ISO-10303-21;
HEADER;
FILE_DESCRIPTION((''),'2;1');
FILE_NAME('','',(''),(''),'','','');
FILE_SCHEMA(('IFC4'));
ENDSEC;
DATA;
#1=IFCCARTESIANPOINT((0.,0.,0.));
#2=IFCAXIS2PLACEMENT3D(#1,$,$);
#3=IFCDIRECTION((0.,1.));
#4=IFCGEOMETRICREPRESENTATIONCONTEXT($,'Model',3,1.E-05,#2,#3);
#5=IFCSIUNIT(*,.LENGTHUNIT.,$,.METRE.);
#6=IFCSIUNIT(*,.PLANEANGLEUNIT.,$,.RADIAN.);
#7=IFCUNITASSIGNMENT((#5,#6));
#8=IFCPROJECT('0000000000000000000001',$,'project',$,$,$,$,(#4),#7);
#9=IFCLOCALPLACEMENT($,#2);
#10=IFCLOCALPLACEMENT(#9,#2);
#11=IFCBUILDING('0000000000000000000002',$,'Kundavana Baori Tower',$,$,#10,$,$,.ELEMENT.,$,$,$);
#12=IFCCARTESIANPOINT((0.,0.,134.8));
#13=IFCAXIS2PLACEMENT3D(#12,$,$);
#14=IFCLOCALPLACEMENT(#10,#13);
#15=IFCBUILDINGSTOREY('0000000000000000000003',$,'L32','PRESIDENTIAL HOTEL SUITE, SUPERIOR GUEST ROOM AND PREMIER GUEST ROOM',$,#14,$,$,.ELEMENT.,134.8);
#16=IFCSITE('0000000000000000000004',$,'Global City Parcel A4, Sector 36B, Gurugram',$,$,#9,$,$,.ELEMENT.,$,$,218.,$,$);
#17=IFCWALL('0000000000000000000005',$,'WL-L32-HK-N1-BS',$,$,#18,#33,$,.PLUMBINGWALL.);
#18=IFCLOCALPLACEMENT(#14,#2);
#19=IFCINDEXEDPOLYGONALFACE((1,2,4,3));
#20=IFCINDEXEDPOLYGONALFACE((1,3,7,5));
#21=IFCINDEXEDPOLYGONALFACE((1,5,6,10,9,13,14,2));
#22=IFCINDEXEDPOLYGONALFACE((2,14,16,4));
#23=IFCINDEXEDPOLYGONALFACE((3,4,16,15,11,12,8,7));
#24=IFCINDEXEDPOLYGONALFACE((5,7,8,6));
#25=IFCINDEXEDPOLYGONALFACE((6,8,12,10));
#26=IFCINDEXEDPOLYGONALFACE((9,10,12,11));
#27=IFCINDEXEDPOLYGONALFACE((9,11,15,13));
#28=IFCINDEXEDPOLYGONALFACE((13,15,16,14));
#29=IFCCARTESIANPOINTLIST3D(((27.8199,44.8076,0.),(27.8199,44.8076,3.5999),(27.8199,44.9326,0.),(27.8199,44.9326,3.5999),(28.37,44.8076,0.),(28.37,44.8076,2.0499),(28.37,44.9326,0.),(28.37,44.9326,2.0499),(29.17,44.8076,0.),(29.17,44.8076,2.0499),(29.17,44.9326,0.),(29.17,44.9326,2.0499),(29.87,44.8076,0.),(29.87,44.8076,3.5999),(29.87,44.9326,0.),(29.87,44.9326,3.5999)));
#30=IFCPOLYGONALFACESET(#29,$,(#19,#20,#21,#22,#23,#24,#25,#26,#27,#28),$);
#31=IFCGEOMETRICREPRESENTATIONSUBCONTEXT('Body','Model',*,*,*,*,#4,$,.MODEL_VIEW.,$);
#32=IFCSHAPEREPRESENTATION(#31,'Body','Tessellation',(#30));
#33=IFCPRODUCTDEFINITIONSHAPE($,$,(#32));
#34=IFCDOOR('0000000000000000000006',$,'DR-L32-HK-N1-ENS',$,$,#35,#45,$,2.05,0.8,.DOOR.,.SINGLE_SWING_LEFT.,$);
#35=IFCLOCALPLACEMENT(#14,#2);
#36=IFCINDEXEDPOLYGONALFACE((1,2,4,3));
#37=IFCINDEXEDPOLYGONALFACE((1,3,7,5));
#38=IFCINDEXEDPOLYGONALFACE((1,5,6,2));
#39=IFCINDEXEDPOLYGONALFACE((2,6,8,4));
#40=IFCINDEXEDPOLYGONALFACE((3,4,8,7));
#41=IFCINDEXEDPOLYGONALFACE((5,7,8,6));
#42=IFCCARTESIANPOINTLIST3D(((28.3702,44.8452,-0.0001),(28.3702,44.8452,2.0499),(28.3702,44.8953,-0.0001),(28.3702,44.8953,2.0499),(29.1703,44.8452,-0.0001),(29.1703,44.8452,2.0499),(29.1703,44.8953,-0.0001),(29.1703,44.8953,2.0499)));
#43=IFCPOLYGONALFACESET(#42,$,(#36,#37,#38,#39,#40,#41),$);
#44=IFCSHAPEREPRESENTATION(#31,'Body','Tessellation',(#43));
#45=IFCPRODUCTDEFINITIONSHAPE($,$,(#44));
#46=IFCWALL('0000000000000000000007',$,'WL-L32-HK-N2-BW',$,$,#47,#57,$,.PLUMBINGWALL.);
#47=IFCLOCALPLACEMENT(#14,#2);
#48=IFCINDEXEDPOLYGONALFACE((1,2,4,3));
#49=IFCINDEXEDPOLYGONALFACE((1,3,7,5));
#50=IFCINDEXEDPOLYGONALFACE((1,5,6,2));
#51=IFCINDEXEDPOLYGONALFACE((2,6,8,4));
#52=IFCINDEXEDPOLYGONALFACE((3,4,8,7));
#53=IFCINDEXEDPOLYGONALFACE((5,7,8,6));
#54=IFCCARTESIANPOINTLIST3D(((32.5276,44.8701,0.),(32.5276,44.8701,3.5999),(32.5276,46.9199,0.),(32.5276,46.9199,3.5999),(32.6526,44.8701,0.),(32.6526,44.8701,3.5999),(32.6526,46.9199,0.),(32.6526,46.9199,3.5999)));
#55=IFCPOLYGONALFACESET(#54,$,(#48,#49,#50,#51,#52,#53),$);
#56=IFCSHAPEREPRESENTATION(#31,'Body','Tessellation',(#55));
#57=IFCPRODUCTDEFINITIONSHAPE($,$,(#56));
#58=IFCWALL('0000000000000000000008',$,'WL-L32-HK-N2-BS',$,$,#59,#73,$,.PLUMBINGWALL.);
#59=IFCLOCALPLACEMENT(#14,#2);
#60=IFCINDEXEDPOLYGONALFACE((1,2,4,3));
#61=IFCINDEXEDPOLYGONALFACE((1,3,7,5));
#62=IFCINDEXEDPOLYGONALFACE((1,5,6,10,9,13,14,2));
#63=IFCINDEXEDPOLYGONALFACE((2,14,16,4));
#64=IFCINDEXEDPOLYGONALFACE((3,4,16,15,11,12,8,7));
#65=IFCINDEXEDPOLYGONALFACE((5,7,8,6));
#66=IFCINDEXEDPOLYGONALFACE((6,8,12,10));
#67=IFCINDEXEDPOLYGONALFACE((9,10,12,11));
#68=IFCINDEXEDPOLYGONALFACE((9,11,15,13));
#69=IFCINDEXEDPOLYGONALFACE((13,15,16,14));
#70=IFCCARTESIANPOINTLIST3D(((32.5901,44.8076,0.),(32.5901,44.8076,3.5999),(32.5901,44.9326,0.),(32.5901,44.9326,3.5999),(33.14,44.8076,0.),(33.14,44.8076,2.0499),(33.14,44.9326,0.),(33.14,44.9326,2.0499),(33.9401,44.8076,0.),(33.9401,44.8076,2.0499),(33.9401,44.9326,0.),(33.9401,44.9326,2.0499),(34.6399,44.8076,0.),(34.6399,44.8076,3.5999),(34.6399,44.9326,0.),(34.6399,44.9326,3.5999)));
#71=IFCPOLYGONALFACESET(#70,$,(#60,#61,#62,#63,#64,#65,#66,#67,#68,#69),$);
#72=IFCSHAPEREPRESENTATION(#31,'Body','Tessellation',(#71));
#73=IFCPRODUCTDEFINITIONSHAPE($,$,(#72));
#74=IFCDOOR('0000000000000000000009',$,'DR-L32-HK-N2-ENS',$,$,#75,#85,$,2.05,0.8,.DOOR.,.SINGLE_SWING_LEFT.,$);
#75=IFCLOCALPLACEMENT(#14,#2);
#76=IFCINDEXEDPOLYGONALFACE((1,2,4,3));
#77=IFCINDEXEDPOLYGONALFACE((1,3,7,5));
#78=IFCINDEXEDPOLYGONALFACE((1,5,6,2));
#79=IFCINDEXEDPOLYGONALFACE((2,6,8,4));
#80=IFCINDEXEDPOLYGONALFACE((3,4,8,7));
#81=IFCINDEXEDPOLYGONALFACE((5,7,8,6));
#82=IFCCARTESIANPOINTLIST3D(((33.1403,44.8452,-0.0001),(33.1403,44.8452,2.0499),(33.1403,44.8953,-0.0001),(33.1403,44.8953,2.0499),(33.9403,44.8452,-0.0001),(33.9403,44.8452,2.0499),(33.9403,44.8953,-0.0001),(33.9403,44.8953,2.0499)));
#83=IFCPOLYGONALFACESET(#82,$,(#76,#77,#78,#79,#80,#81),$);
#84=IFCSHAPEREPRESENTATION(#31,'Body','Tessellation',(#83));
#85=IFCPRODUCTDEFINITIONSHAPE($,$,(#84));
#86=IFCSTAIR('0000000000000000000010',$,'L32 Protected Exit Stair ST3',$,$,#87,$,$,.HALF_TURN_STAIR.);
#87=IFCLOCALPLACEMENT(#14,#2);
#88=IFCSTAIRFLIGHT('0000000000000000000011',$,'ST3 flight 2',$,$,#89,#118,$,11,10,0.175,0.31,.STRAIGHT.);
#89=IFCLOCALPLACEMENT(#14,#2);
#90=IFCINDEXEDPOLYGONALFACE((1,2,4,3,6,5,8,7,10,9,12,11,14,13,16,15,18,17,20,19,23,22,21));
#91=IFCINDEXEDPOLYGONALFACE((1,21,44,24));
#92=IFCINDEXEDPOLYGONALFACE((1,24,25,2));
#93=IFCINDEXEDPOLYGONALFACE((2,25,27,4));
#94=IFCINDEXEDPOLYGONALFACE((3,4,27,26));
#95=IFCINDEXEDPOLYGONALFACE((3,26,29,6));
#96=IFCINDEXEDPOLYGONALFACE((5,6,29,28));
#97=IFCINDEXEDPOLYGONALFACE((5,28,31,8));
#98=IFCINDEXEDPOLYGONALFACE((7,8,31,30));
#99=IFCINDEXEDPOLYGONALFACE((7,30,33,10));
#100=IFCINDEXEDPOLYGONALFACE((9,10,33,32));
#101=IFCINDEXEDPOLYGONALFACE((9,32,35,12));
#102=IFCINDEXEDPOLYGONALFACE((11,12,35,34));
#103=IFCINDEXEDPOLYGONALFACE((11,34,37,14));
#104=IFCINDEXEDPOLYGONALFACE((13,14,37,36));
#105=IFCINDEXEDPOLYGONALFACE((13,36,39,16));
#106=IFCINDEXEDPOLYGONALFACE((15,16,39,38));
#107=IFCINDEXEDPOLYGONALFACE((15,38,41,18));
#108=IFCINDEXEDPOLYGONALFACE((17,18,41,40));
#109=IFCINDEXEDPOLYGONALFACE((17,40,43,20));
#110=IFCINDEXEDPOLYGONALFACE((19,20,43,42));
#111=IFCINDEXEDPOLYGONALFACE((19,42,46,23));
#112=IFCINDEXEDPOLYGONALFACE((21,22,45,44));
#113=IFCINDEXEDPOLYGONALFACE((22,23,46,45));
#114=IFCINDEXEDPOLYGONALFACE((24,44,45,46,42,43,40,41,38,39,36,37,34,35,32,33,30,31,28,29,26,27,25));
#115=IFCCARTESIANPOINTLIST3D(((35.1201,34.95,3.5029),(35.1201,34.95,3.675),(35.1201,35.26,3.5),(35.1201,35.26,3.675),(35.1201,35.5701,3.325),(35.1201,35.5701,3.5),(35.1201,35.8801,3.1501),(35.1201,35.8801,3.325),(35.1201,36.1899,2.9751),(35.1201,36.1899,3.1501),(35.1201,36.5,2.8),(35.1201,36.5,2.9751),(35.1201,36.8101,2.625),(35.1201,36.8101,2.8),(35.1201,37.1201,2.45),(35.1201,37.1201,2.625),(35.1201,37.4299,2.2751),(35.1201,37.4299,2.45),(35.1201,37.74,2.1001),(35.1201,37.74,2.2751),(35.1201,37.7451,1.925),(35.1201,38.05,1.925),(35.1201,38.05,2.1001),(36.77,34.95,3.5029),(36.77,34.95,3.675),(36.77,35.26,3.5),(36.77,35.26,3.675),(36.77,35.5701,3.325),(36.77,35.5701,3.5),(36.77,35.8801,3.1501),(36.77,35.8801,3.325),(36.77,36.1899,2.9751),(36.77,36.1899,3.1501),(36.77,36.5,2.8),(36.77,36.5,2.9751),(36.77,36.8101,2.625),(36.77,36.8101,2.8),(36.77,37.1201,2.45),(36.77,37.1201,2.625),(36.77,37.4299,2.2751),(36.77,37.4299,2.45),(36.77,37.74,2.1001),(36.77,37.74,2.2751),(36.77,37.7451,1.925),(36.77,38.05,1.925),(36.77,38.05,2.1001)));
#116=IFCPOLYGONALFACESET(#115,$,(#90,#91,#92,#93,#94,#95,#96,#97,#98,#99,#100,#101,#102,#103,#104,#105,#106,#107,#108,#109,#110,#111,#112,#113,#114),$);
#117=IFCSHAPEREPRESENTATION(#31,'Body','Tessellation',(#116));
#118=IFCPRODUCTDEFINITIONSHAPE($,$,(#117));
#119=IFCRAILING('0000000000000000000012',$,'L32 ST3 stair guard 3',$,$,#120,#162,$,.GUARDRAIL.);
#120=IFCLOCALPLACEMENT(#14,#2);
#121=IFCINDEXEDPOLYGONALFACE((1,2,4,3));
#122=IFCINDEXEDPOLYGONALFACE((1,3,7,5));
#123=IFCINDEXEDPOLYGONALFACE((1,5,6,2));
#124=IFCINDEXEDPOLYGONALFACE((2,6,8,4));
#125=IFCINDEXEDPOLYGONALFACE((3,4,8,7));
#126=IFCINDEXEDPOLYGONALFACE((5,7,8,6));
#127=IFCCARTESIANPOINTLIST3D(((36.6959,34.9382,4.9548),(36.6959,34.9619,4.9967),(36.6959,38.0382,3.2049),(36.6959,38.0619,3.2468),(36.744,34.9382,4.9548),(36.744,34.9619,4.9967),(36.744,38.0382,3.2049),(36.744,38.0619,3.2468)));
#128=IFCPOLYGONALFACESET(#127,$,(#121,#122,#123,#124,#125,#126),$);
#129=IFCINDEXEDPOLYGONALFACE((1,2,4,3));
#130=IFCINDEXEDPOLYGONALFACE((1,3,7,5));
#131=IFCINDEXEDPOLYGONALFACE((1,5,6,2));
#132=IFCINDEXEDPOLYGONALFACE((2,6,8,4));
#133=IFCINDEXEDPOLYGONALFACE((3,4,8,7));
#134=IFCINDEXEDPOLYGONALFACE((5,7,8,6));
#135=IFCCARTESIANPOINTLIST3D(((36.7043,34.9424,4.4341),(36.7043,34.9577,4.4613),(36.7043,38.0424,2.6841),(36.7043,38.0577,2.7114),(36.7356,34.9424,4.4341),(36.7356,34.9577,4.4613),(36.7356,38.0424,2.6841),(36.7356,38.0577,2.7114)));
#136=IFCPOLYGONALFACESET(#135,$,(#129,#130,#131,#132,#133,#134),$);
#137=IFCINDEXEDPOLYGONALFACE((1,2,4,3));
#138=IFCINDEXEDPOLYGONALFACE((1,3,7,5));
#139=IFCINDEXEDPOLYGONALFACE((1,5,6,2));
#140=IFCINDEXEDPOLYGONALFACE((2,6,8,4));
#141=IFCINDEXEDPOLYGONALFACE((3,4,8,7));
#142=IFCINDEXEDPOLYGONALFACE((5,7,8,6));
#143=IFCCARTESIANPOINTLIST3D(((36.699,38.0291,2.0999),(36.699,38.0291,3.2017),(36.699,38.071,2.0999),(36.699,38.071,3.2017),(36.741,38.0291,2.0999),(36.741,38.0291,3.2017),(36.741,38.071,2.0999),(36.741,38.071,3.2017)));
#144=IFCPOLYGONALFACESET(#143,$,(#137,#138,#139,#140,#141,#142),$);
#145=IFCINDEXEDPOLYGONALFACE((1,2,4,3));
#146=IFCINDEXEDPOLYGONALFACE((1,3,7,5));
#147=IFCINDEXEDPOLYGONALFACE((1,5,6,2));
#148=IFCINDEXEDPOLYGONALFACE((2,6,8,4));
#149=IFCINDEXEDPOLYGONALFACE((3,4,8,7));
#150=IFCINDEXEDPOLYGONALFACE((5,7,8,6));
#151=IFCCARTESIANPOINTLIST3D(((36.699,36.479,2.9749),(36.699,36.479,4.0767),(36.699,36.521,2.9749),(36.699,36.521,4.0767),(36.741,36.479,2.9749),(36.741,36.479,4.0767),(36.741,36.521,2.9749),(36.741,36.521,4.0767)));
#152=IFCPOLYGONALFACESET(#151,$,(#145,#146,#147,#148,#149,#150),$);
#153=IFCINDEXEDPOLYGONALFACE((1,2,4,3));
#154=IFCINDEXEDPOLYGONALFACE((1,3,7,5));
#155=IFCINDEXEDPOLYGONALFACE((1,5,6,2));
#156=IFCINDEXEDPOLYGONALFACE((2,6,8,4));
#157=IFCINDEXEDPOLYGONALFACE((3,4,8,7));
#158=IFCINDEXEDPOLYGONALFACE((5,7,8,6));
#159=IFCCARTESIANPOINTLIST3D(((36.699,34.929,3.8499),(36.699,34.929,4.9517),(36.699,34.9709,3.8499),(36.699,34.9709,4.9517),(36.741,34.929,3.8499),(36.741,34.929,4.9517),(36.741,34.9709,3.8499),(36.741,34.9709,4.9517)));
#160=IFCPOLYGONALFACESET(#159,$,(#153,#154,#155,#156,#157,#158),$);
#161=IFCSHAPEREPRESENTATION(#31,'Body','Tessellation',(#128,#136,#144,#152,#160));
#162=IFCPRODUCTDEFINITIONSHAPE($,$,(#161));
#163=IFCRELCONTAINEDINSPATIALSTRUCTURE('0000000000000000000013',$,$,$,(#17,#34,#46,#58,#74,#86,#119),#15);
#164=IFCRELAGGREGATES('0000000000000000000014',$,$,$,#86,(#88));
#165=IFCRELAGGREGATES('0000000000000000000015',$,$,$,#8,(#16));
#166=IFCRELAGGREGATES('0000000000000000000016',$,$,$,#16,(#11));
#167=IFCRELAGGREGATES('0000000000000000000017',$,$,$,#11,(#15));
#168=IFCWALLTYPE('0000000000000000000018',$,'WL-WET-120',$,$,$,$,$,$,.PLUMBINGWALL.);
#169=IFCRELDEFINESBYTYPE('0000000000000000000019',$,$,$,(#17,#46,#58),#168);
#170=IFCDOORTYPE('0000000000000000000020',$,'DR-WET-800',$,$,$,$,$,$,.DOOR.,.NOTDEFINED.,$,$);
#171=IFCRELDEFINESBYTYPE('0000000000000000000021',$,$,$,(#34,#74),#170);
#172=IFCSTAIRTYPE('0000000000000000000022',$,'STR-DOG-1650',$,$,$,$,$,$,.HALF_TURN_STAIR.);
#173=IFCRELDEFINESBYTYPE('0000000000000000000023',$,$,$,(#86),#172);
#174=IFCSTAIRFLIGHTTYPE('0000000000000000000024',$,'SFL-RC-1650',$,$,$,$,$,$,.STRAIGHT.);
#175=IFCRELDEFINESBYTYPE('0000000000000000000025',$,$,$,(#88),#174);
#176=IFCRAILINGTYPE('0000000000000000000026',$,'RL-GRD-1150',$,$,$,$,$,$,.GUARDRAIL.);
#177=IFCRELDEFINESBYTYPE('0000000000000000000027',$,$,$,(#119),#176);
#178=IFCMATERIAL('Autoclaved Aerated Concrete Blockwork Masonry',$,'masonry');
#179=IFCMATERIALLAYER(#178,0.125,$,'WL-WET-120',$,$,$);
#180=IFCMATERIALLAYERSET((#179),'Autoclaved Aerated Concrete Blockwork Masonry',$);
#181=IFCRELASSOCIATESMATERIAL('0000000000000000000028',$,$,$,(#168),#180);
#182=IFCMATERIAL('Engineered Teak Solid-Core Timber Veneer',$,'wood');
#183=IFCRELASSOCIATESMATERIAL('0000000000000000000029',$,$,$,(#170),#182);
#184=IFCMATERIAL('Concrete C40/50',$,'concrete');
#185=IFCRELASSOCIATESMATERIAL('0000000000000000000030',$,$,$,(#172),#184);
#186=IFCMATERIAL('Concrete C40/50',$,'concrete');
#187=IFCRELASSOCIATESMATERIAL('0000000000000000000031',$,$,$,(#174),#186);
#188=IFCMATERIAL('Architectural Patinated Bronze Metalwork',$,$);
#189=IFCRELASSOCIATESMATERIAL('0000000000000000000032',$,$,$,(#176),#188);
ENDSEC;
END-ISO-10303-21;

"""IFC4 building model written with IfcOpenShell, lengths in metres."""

from ifc_helpers import new_model, si_unit, direction, frame, frame_2d, origin, origin_2d, place, context, subcontext, project, spatial, polyline, rectangle, outline, extrude, material, layer, layer_set, type_object, element, fill, aggregate, save


model = new_model("IFC4")

# Units and contexts
model_context = context("Model", 3, precision=1e-05, world=origin(), true_north=direction((0.0, 1.0)))
body_context = subcontext(model_context, "Body", "Model", "MODEL_VIEW")
ifc_project = project(units=[si_unit("LENGTHUNIT", "METRE"), si_unit("PLANEANGLEUNIT", "RADIAN")], contexts=[model_context])

# Site, building, storey
site_placement = place(None, origin())
site = spatial("IfcSite", under=ifc_project, at=site_placement, Name="Global City Parcel A4, Sector 36B, Gurugram", CompositionType="ELEMENT", RefElevation=218.0)
building_placement = place(site_placement, origin())
building = spatial("IfcBuilding", under=site, at=building_placement, Name="Kundavana Baori Tower", CompositionType="ELEMENT")
storey_placement = place(building_placement, frame((0.0, 0.0, 134.8)))
storey = spatial("IfcBuildingStorey", under=building, at=storey_placement, Name="L32", Description="PRESIDENTIAL HOTEL SUITE, SUPERIOR GUEST ROOM AND PREMIER GUEST ROOM", CompositionType="ELEMENT", Elevation=134.8)

# Shared definitions
ifc_material_1 = material(Name="Autoclaved Aerated Concrete Blockwork Masonry", Category="masonry")
ifc_layer_1 = layer(ifc_material_1, 0.125, Name="WL-WET-120")
ifc_layer_set_1 = layer_set([ifc_layer_1], Name="Autoclaved Aerated Concrete Blockwork Masonry")
wall_type_1 = type_object("IfcWallType", Name="WL-WET-120", PredefinedType="PLUMBINGWALL", material=ifc_layer_set_1)

# Wall, opening, door
wall_1_placement = place(storey_placement, frame((27.8201, 44.8701, 0.0), z_axis=(0.0, 0.0, 1.0), x_axis=(1.0, 0.0, 0.0)))
wall_1 = element("IfcWall", 1, at=wall_1_placement, inside=storey, type_object=wall_type_1, Name="WL-L32-HK-N1-BS", PredefinedType="PLUMBINGWALL", context=body_context, shape_type="SweptSolid", body=[
    extrude(rectangle(XDim=2.05, YDim=0.125, at=frame_2d((1.0249, 0.0))), origin(), (0.0, 0.0, 1.0), 3.5999),
])
opening_1_placement = place(wall_1_placement, frame((0.55, 0.0, 0.0)))
opening_1 = element("IfcOpeningElement", 2, at=opening_1_placement, cuts=wall_1, PredefinedType="OPENING", context=body_context, shape_type="SweptSolid", body=[
    extrude(rectangle(XDim=0.8, YDim=2.05, at=frame_2d((0.3999, 1.0249))), frame((0.0, 0.0725, 0.0), z_axis=(0.0, -1.0, 0.0), x_axis=(1.0, 0.0, 0.0)), (0.0, 0.0, 1.0), 0.145),
])
ifc_material_2 = material(Name="Engineered Teak Solid-Core Timber Veneer", Category="wood")
door_type = type_object("IfcDoorType", Name="DR-WET-800", OperationType="NOTDEFINED", PredefinedType="DOOR", material=ifc_material_2)
door_1_placement = place(opening_1_placement, frame((0.8, 0.0, 0.0), z_axis=(0.0, 0.0, 1.0), x_axis=(-1.0, 0.0, 0.0)))
door_1 = element("IfcDoor", 3, at=door_1_placement, inside=storey, type_object=door_type, Name="DR-L32-HK-N1-ENS", OperationType="SINGLE_SWING_LEFT", OverallHeight=2.05, OverallWidth=0.8, PredefinedType="DOOR", context=body_context, shape_type="SweptSolid", body=[
    extrude(rectangle(XDim=0.8, YDim=2.05, at=frame_2d((0.3999, 1.0249))), frame((0.0, 0.0249, 0.0), z_axis=(0.0, -1.0, 0.0), x_axis=(1.0, 0.0, 0.0)), (0.0, 0.0, 1.0), 0.05),
])
fill(opening_1, door_1)

# Wall
wall_2_placement = place(storey_placement, frame((32.5901, 44.8701, 0.0), z_axis=(0.0, 0.0, 1.0), x_axis=(0.0, 1.0, 0.0)))
element("IfcWall", 4, at=wall_2_placement, inside=storey, type_object=wall_type_1, Name="WL-L32-HK-N2-BW", PredefinedType="PLUMBINGWALL", context=body_context, shape_type="SweptSolid", body=[
    extrude(rectangle(XDim=2.0498, YDim=0.125, at=frame_2d((1.0249, 0.0))), origin(), (0.0, 0.0, 1.0), 3.5999),
])

# Wall, opening, door
wall_3_placement = place(storey_placement, frame((32.5901, 44.8701, 0.0), z_axis=(0.0, 0.0, 1.0), x_axis=(1.0, 0.0, 0.0)))
wall_3 = element("IfcWall", 5, at=wall_3_placement, inside=storey, type_object=wall_type_1, Name="WL-L32-HK-N2-BS", PredefinedType="PLUMBINGWALL", context=body_context, shape_type="SweptSolid", body=[
    extrude(rectangle(XDim=2.0498, YDim=0.125, at=frame_2d((1.0249, 0.0))), origin(), (0.0, 0.0, 1.0), 3.5999),
])
opening_2_placement = place(wall_3_placement, frame((0.55, 0.0, 0.0)))
opening_2 = element("IfcOpeningElement", 6, at=opening_2_placement, cuts=wall_3, PredefinedType="OPENING", context=body_context, shape_type="SweptSolid", body=[
    extrude(rectangle(XDim=0.8, YDim=2.05, at=frame_2d((0.3999, 1.0249))), frame((0.0, 0.0725, 0.0), z_axis=(0.0, -1.0, 0.0), x_axis=(1.0, 0.0, 0.0)), (0.0, 0.0, 1.0), 0.145),
])
door_2_placement = place(opening_2_placement, frame((0.8, 0.0, 0.0), z_axis=(0.0, 0.0, 1.0), x_axis=(-1.0, 0.0, 0.0)))
door_2 = element("IfcDoor", 7, at=door_2_placement, inside=storey, type_object=door_type, Name="DR-L32-HK-N2-ENS", OperationType="SINGLE_SWING_LEFT", OverallHeight=2.05, OverallWidth=0.8, PredefinedType="DOOR", context=body_context, shape_type="SweptSolid", body=[
    extrude(rectangle(XDim=0.8, YDim=2.05, at=frame_2d((0.3999, 1.0249))), frame((0.0, 0.0249, 0.0), z_axis=(0.0, -1.0, 0.0), x_axis=(1.0, 0.0, 0.0)), (0.0, 0.0, 1.0), 0.05),
])
fill(opening_2, door_2)

# Stair, stair flight
ifc_material_3 = material(Name="Concrete C40/50", Category="concrete")
stair_type = type_object("IfcStairType", Name="STR-DOG-1650", PredefinedType="HALF_TURN_STAIR", material=ifc_material_3)
stair_placement = place(storey_placement, origin())
stair = element("IfcStair", 8, at=stair_placement, inside=storey, type_object=stair_type, Name="L32 Protected Exit Stair ST3", PredefinedType="HALF_TURN_STAIR")
ifc_material_4 = material(Name="Concrete C40/50", Category="concrete")
stair_flight_type = type_object("IfcStairFlightType", Name="SFL-RC-1650", PredefinedType="STRAIGHT", material=ifc_material_4)
stair_flight_placement = place(storey_placement, frame((35.9451, 38.05, 1.925), z_axis=(0.0, 0.0, 1.0), x_axis=(0.0, -1.0, 0.0)))
stair_flight = element("IfcStairFlight", 9, at=stair_flight_placement, type_object=stair_flight_type, Name="ST3 flight 2", NumberOfRisers=11, NumberOfTreads=10, PredefinedType="STRAIGHT", RiserHeight=0.175, TreadLength=0.31, context=body_context, shape_type="SweptSolid", body=[
    extrude(outline(polyline([(0.0, 0.0), (0.0, 0.175), (0.3101, 0.175), (0.3101, 0.3501), (0.6201, 0.3501), (0.6201, 0.5249), (0.9299, 0.5249), (0.9299, 0.7), (1.24, 0.7), (1.24, 0.875), (1.55, 0.875), (1.55, 1.05), (1.8601, 1.05), (1.8601, 1.2251), (2.1699, 1.2251), (2.1699, 1.3999), (2.48, 1.3999), (2.48, 1.575), (2.79, 1.575), (2.79, 1.75), (3.1001, 1.75), (3.1001, 1.925), (3.1001, 1.5779), (0.3049, 0.0), (0.0, 0.0)])), frame((0.0, 0.825, 0.0), z_axis=(0.0, -1.0, 0.0), x_axis=(1.0, 0.0, 0.0)), (0.0, 0.0, 1.0), 1.6499),
])
aggregate(stair, [stair_flight])

# Railing
ifc_material_5 = material(Name="Architectural Patinated Bronze Metalwork")
railing_type_1 = type_object("IfcRailingType", Name="RL-GRD-1150", PredefinedType="GUARDRAIL", material=ifc_material_5)
railing_1_placement = place(storey_placement, frame((36.72, 38.05, 2.0999)))
element("IfcRailing", 10, at=railing_1_placement, inside=storey, type_object=railing_type_1, Name="L32 ST3 stair guard 3", PredefinedType="GUARDRAIL", context=body_context, shape_type="SweptSolid", body=[
    extrude(rectangle(XDim=0.0481, YDim=0.0481, at=origin_2d()), frame((0.0, 0.0, 1.126), z_axis=(0.0, -0.870831, 0.491583), x_axis=(1.0, 0.0, 0.0)), (0.0, 0.0, 1.0), 3.5598),
    extrude(rectangle(XDim=0.0312, YDim=0.0312, at=origin_2d()), frame((0.0, 0.0, 0.5979), z_axis=(0.0, -0.870831, 0.491583), x_axis=(1.0, 0.0, 0.0)), (0.0, 0.0, 1.0), 3.5598),
    extrude(rectangle(XDim=0.042, YDim=0.042, at=origin_2d()), origin(), (0.0, 0.0, 1.0), 1.1018),
    extrude(rectangle(XDim=0.042, YDim=0.042, at=origin_2d()), frame((0.0, -1.55, 0.875)), (0.0, 0.0, 1.0), 1.1018),
    extrude(rectangle(XDim=0.042, YDim=0.042, at=origin_2d()), frame((0.0, -3.1001, 1.75)), (0.0, 0.0, 1.0), 1.1018),
])

save(model, "model.ifc")
